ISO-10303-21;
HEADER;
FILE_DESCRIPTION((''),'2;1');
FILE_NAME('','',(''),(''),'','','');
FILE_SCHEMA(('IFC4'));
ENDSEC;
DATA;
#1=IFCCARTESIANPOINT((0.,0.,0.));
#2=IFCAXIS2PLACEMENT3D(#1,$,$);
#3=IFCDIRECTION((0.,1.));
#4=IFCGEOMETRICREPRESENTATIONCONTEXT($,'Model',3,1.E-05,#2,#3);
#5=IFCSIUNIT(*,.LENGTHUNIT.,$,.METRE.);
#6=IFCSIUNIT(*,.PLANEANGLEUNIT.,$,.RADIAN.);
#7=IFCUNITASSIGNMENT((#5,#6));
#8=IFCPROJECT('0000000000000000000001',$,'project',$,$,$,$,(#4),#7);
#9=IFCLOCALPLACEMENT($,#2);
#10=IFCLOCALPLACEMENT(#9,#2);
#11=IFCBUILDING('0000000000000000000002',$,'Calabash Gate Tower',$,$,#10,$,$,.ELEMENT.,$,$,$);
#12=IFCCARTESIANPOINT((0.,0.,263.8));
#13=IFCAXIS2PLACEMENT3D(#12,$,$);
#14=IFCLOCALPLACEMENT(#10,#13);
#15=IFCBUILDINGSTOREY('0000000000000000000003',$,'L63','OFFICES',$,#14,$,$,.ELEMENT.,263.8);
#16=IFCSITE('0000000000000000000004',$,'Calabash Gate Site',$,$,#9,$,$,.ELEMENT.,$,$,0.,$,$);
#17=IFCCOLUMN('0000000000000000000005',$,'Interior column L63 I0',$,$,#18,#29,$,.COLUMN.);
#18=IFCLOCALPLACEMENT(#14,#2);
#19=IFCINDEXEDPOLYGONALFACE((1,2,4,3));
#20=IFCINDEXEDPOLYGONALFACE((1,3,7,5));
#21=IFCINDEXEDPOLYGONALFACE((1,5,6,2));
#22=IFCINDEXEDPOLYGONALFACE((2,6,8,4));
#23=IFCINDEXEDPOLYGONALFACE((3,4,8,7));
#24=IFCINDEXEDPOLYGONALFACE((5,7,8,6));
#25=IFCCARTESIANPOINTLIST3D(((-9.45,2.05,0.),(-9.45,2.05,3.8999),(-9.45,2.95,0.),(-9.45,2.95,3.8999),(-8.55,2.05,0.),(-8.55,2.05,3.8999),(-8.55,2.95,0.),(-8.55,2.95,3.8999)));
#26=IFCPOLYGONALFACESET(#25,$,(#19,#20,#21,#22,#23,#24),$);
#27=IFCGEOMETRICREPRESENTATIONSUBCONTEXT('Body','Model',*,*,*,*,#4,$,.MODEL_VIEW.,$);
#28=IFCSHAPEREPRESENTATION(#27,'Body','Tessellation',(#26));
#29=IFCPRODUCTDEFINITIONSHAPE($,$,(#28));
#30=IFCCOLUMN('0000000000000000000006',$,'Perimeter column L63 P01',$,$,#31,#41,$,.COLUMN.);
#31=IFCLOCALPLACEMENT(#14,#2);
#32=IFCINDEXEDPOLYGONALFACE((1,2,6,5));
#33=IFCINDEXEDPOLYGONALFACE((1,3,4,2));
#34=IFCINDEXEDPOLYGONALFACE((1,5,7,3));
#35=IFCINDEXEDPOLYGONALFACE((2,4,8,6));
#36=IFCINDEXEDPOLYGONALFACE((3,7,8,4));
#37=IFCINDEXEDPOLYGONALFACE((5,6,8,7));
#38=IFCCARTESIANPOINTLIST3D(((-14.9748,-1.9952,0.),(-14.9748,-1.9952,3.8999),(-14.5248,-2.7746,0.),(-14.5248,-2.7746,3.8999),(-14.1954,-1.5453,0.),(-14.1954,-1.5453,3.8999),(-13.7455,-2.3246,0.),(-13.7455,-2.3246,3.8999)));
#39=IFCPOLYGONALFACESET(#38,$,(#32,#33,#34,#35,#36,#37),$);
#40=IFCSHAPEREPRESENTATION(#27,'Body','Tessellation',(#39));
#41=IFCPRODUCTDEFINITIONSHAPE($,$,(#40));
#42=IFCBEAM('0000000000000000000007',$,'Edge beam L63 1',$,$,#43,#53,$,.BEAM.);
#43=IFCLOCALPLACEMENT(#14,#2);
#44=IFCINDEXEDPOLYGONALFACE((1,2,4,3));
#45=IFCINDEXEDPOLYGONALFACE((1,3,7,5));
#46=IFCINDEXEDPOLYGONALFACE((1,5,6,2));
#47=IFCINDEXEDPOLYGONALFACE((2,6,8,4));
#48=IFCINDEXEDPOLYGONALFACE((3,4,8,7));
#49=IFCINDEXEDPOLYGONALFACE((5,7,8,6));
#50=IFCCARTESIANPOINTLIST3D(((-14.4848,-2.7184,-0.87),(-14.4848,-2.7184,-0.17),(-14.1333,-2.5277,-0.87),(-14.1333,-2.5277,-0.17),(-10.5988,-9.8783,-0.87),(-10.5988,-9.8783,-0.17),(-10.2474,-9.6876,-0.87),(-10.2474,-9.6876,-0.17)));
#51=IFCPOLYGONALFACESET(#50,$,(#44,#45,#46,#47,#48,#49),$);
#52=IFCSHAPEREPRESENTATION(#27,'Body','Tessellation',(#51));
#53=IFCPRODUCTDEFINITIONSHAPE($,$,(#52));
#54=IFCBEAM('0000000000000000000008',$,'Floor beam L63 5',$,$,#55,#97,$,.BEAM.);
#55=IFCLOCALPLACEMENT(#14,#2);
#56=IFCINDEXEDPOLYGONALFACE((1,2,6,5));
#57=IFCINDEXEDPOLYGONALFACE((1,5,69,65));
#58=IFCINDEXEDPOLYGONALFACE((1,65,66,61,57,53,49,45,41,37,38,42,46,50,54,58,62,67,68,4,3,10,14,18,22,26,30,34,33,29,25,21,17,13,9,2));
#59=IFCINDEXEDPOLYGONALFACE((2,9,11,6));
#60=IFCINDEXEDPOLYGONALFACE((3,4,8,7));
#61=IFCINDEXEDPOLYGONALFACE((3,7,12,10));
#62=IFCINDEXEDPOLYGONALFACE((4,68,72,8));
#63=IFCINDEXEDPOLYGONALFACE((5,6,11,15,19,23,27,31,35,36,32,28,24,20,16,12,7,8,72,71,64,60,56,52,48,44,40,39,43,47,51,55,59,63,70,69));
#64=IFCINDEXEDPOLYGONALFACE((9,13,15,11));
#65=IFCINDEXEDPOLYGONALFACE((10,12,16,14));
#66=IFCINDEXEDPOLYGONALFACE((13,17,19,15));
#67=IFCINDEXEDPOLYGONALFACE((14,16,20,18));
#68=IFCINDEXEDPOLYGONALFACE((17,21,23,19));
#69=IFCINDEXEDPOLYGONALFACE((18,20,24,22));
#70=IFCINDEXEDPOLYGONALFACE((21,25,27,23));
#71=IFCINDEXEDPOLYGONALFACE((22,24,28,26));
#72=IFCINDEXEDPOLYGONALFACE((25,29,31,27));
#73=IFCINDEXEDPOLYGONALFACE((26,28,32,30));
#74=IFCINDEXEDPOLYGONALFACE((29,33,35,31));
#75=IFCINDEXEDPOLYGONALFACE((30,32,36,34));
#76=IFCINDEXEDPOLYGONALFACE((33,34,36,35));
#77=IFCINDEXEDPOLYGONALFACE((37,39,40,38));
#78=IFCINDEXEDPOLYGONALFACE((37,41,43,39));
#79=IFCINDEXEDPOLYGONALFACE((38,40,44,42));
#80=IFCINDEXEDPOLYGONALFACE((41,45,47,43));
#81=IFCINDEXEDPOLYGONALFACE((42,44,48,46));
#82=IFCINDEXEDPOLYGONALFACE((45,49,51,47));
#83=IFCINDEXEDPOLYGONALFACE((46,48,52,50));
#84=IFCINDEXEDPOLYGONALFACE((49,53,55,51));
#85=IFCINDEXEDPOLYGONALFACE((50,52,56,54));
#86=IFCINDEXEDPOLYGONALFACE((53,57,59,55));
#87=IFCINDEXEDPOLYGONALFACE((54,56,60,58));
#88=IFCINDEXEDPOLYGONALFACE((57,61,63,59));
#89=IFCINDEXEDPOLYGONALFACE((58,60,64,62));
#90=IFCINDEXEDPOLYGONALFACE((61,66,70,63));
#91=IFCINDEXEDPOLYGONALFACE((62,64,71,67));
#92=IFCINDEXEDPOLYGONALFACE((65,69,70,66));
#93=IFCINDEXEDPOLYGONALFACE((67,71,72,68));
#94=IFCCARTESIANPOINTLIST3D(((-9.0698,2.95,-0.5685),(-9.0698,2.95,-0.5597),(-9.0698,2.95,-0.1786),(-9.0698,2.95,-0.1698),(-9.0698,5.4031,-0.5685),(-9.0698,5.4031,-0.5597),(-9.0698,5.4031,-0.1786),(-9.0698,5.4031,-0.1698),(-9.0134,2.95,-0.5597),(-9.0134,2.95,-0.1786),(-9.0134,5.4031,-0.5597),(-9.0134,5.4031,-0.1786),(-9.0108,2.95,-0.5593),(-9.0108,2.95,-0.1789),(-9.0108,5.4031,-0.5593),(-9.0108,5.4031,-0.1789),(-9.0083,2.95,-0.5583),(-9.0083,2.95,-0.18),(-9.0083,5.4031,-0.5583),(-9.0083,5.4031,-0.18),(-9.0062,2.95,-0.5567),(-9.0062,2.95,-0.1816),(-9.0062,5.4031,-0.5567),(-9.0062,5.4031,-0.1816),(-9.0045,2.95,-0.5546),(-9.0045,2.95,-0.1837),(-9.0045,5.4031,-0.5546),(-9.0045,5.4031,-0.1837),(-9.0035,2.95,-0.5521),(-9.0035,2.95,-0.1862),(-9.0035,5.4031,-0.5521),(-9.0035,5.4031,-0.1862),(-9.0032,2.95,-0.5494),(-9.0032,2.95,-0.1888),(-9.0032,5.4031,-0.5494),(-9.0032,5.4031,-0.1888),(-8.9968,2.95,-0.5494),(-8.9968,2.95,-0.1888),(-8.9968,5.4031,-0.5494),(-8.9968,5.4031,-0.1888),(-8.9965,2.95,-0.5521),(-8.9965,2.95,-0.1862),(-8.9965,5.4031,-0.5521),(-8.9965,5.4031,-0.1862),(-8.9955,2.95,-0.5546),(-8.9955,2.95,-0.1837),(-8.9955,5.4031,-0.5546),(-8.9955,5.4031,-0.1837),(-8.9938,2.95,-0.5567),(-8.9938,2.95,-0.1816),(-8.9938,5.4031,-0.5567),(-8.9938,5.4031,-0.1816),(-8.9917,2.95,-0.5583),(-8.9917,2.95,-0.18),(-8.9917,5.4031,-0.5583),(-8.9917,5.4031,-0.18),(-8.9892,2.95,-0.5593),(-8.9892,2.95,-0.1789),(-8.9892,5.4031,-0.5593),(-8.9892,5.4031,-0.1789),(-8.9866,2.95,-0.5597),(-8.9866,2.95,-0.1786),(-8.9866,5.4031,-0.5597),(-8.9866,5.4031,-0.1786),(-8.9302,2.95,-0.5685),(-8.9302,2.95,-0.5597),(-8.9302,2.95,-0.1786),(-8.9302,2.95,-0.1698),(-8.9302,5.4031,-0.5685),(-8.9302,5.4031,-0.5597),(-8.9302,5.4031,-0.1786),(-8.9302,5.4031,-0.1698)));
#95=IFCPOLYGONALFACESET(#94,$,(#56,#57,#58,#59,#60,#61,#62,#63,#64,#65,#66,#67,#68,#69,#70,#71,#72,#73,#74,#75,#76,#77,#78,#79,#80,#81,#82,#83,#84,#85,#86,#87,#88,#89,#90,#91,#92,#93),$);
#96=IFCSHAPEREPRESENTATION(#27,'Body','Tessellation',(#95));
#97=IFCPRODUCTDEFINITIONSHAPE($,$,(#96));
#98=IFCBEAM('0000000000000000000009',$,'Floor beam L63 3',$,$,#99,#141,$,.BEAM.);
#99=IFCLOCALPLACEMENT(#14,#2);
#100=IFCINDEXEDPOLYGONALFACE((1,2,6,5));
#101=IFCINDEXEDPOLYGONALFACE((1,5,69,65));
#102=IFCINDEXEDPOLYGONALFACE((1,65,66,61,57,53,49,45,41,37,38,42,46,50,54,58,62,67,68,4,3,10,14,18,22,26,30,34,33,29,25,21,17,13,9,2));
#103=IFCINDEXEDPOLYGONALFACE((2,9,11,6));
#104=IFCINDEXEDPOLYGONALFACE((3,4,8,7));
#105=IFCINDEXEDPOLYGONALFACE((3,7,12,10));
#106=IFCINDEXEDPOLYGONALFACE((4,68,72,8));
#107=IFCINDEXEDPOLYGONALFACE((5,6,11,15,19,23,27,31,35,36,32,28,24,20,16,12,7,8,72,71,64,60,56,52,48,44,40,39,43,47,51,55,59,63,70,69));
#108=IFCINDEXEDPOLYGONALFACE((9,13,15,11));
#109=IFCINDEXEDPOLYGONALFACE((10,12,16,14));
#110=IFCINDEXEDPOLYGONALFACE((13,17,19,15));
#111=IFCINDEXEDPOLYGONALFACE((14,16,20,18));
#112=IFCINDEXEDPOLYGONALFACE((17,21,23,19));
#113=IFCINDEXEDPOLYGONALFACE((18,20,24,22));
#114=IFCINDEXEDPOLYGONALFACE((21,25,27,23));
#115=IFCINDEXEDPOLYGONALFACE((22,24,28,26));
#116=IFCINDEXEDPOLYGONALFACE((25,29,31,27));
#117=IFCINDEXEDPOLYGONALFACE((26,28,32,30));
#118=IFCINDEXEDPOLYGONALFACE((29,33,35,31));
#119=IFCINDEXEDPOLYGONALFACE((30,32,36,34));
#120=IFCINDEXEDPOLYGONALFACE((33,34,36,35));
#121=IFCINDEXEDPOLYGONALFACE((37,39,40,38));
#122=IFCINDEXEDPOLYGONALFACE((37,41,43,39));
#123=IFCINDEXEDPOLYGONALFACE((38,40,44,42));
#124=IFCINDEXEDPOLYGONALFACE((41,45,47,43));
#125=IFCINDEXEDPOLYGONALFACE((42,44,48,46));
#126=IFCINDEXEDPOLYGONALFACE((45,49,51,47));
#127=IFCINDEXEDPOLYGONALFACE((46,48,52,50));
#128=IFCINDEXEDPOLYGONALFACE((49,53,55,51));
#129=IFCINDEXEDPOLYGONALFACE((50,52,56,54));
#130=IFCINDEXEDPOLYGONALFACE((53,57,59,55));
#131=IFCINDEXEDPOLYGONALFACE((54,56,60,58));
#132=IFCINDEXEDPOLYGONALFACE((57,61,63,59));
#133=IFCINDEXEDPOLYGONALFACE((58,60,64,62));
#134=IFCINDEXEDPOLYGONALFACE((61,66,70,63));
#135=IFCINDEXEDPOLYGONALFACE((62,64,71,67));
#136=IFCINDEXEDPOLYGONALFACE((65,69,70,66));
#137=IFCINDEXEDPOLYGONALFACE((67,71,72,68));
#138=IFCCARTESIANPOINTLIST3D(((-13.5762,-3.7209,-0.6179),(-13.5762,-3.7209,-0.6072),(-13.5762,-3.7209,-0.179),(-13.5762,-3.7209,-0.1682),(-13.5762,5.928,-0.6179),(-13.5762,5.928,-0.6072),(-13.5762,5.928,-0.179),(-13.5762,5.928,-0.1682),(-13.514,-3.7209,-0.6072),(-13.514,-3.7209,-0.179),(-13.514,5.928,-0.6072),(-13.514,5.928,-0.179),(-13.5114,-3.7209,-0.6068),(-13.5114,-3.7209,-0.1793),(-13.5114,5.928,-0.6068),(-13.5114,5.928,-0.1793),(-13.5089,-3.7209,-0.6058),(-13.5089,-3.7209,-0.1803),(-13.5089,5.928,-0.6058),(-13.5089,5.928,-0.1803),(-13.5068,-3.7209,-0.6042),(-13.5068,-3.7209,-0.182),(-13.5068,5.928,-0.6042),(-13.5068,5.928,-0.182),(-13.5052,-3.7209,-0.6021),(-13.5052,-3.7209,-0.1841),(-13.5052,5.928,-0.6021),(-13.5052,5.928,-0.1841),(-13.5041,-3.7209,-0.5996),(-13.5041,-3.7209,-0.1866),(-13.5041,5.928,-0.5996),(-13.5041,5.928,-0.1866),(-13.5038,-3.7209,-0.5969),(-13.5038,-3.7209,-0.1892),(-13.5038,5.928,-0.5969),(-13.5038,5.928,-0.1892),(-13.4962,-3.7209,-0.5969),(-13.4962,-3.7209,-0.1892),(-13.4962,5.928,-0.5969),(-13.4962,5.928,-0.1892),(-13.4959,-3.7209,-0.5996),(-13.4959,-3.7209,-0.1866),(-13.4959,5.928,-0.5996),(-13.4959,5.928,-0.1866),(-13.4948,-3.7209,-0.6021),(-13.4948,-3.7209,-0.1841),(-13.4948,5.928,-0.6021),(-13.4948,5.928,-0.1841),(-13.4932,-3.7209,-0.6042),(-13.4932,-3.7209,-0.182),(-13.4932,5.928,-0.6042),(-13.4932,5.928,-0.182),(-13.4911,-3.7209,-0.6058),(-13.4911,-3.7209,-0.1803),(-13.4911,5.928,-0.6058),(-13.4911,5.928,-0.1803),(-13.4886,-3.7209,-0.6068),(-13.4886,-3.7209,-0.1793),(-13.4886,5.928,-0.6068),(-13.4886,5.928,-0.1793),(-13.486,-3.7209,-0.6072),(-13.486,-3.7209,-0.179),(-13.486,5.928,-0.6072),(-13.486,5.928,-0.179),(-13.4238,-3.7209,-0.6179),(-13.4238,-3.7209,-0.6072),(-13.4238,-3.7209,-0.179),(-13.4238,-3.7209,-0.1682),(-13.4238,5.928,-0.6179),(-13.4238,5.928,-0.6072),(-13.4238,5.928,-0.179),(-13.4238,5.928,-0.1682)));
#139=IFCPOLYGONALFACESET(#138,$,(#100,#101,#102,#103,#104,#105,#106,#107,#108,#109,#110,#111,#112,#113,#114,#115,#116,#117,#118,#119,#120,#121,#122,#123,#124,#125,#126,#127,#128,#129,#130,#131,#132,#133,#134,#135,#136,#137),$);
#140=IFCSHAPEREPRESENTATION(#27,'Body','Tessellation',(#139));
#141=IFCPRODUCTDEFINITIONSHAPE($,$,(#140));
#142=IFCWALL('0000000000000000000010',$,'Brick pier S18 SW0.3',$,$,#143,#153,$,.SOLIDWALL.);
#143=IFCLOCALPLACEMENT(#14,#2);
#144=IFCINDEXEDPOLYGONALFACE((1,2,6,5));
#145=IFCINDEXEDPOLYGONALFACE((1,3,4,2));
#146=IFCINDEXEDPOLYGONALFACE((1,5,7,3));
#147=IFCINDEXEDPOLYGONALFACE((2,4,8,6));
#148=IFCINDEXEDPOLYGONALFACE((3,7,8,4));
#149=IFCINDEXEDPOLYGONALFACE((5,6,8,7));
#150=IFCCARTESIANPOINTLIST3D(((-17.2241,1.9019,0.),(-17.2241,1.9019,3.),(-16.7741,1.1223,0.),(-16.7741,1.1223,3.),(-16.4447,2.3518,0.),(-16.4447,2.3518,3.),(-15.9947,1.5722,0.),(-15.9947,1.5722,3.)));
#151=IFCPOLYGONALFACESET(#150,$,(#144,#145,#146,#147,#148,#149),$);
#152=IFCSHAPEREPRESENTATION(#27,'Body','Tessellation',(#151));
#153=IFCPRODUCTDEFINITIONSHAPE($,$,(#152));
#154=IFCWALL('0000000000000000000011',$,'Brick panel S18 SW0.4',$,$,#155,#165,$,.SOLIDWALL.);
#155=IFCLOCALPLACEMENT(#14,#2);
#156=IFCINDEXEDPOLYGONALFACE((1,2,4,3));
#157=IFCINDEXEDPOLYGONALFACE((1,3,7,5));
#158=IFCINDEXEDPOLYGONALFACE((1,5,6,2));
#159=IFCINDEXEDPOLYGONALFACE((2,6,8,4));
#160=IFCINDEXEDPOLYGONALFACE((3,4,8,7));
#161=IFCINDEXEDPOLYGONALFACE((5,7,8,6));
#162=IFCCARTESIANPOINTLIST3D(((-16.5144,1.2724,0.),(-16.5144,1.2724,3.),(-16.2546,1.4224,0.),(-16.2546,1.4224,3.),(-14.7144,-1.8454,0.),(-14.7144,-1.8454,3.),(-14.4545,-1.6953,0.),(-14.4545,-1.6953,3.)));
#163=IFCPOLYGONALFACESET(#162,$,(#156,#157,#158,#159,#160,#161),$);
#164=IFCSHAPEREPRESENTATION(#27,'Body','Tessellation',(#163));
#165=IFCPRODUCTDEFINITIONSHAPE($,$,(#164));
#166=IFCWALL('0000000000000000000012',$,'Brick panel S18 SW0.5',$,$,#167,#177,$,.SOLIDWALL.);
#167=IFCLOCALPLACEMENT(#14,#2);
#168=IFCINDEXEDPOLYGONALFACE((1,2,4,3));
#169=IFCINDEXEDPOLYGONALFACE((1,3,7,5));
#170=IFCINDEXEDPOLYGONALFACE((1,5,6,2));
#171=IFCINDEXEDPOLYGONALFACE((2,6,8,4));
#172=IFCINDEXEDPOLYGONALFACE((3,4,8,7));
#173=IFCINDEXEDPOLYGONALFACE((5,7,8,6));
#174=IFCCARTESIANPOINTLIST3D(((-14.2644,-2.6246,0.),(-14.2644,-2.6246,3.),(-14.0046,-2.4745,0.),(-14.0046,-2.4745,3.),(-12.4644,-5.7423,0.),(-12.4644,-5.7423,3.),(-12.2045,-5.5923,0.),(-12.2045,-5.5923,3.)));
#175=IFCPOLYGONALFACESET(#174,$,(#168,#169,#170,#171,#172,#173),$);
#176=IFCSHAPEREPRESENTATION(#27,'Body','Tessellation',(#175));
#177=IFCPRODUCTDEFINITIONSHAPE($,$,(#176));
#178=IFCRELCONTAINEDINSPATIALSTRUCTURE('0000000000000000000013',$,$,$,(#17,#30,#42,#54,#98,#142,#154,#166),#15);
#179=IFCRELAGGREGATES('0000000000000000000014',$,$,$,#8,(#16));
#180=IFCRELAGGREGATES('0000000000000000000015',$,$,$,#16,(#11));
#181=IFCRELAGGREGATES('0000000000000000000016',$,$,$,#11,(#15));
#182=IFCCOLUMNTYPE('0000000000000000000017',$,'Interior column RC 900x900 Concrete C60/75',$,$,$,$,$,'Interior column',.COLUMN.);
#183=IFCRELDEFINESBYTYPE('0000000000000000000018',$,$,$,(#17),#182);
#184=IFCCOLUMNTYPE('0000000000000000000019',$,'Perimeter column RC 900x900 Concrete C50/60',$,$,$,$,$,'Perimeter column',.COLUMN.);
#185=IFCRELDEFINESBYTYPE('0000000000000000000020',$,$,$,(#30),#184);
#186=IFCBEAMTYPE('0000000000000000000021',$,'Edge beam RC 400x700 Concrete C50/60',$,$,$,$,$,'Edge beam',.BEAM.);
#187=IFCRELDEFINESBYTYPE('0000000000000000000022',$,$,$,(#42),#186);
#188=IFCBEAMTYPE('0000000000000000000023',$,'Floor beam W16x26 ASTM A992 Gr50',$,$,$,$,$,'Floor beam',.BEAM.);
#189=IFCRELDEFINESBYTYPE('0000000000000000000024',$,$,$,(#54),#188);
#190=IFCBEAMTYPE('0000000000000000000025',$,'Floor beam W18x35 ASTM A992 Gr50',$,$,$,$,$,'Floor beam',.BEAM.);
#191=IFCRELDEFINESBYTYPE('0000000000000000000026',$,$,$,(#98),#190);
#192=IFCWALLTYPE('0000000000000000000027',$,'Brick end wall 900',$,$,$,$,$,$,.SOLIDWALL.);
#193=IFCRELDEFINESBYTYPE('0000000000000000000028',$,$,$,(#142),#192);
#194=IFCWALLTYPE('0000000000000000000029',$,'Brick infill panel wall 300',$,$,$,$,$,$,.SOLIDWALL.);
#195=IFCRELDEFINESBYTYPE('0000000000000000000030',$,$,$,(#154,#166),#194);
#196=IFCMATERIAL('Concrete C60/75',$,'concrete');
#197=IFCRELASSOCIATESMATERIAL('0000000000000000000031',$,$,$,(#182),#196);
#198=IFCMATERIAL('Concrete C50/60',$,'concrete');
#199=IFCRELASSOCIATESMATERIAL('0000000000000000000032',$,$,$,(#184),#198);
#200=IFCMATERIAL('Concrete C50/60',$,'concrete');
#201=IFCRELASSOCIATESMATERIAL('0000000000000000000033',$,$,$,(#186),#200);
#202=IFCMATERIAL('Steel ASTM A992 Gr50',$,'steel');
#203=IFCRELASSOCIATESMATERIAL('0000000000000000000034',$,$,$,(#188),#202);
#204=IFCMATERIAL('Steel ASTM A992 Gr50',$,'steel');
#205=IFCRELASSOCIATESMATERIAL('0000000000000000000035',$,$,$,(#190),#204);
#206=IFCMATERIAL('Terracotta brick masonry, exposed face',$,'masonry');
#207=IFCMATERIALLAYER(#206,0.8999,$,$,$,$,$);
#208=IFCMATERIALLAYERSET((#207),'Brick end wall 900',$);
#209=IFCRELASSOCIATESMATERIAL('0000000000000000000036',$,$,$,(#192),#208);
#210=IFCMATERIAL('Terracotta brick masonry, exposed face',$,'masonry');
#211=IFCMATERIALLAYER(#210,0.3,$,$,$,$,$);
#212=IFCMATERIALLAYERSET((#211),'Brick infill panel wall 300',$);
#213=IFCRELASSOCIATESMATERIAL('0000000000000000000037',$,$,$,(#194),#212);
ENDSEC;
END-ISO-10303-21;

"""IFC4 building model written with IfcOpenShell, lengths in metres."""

from ifc_helpers import new_model, si_unit, direction, frame, frame_2d, origin, origin_2d, place, context, subcontext, project, spatial, rectangle, i_section, extrude, material, layer, layer_set, material_profile, profile_set, type_object, element, save


model = new_model("IFC4")

# Units and contexts
model_context = context("Model", 3, precision=1e-05, world=origin(), true_north=direction((0.0, 1.0)))
body_context = subcontext(model_context, "Body", "Model", "MODEL_VIEW")
ifc_project = project(units=[si_unit("LENGTHUNIT", "METRE"), si_unit("PLANEANGLEUNIT", "RADIAN")], contexts=[model_context])

# Site, building, storey
site_placement = place(None, origin())
site = spatial("IfcSite", under=ifc_project, at=site_placement, Name="Calabash Gate Site", CompositionType="ELEMENT", RefElevation=0.0)
building_placement = place(site_placement, origin())
building = spatial("IfcBuilding", under=site, at=building_placement, Name="Calabash Gate Tower", CompositionType="ELEMENT")
storey_placement = place(building_placement, frame((0.0, 0.0, 263.8)))
storey = spatial("IfcBuildingStorey", under=building, at=storey_placement, Name="L63", Description="OFFICES", CompositionType="ELEMENT", Elevation=263.8)

# Columns
ifc_material_1 = material(Name="Concrete C60/75", Category="concrete")
ifc_material_profile_1 = material_profile(ifc_material_1, rectangle(XDim=0.8999, YDim=0.8999, at=origin_2d()))
ifc_profile_set_1 = profile_set([ifc_material_profile_1], Name="Concrete C60/75")
column_type_1 = type_object("IfcColumnType", Name="Interior column RC 900x900 Concrete C60/75", ElementType="Interior column", PredefinedType="COLUMN", material=ifc_profile_set_1)
column_1_placement = place(storey_placement, frame((-9.0, 2.5, 0.0), z_axis=(0.0, 0.0, 1.0), x_axis=(1.0, 0.0, 0.0)))
element("IfcColumn", 1, at=column_1_placement, inside=storey, type_object=column_type_1, Name="Interior column L63 I0", PredefinedType="COLUMN", context=body_context, shape_type="SweptSolid", body=[
    extrude(rectangle(XDim=0.8999, YDim=0.8999, at=origin_2d()), origin(), (0.0, 0.0, 1.0), 3.8999),
])
ifc_material_2 = material(Name="Concrete C50/60", Category="concrete")
ifc_material_profile_2 = material_profile(ifc_material_2, rectangle(XDim=0.8999, YDim=0.8999, at=origin_2d()))
ifc_profile_set_2 = profile_set([ifc_material_profile_2], Name="Concrete C50/60")
column_type_2 = type_object("IfcColumnType", Name="Perimeter column RC 900x900 Concrete C50/60", ElementType="Perimeter column", PredefinedType="COLUMN", material=ifc_profile_set_2)
column_2_placement = place(storey_placement, frame((-14.3601, -2.1599, 0.0), z_axis=(0.0, 0.0, 1.0), x_axis=(0.5, -0.866025, 0.0)))
element("IfcColumn", 2, at=column_2_placement, inside=storey, type_object=column_type_2, Name="Perimeter column L63 P01", PredefinedType="COLUMN", context=body_context, shape_type="SweptSolid", body=[
    extrude(rectangle(XDim=0.8999, YDim=0.8999, at=origin_2d()), origin(), (0.0, 0.0, 1.0), 3.8999),
])

# Beams
ifc_material_3 = material(Name="Concrete C50/60", Category="concrete")
ifc_material_profile_3 = material_profile(ifc_material_3, rectangle(XDim=0.3999, YDim=0.7, at=origin_2d()))
ifc_profile_set_3 = profile_set([ifc_material_profile_3], Name="Concrete C50/60")
beam_type_1 = type_object("IfcBeamType", Name="Edge beam RC 400x700 Concrete C50/60", ElementType="Edge beam", PredefinedType="BEAM", material=ifc_profile_set_3)
beam_1_placement = place(storey_placement, frame((-14.3091, -2.623, -0.52), z_axis=(0.477014, -0.878896, 0.0), x_axis=(0.878896, 0.477014, 0.0)))
element("IfcBeam", 3, at=beam_1_placement, inside=storey, type_object=beam_type_1, Name="Edge beam L63 1", PredefinedType="BEAM", context=body_context, shape_type="SweptSolid", body=[
    extrude(rectangle(XDim=0.3999, YDim=0.7, at=origin_2d()), origin(), (0.0, 0.0, 1.0), 8.1465),
])
ifc_material_4 = material(Name="Steel ASTM A992 Gr50", Category="steel")
ifc_material_profile_4 = material_profile(ifc_material_4, i_section(OverallWidth=0.1396, OverallDepth=0.3987, WebThickness=0.0063, FlangeThickness=0.0088, FilletRadius=0.0103, at=origin_2d()))
ifc_profile_set_4 = profile_set([ifc_material_profile_4], Name="Steel ASTM A992 Gr50")
beam_type_2 = type_object("IfcBeamType", Name="Floor beam W16x26 ASTM A992 Gr50", ElementType="Floor beam", PredefinedType="BEAM", material=ifc_profile_set_4)
beam_2_placement = place(storey_placement, frame((-9.0, 2.95, -0.3691), z_axis=(0.0, 1.0, 0.0), x_axis=(-1.0, 0.0, 0.0)))
element("IfcBeam", 4, at=beam_2_placement, inside=storey, type_object=beam_type_2, Name="Floor beam L63 5", PredefinedType="BEAM", context=body_context, shape_type="SweptSolid", body=[
    extrude(i_section(OverallWidth=0.1396, OverallDepth=0.3987, WebThickness=0.0063, FlangeThickness=0.0088, FilletRadius=0.0103, at=origin_2d()), origin(), (0.0, 0.0, 1.0), 2.4531),
])
ifc_material_5 = material(Name="Steel ASTM A992 Gr50", Category="steel")
ifc_material_profile_5 = material_profile(ifc_material_5, i_section(OverallWidth=0.1523, OverallDepth=0.4497, WebThickness=0.0076, FlangeThickness=0.0107, FilletRadius=0.0103, at=origin_2d()))
ifc_profile_set_5 = profile_set([ifc_material_profile_5], Name="Steel ASTM A992 Gr50")
beam_type_3 = type_object("IfcBeamType", Name="Floor beam W18x35 ASTM A992 Gr50", ElementType="Floor beam", PredefinedType="BEAM", material=ifc_profile_set_5)
beam_3_placement = place(storey_placement, frame((-13.5, -3.7209, -0.3931), z_axis=(0.0, 1.0, 0.0), x_axis=(-1.0, 0.0, 0.0)))
element("IfcBeam", 5, at=beam_3_placement, inside=storey, type_object=beam_type_3, Name="Floor beam L63 3", PredefinedType="BEAM", context=body_context, shape_type="SweptSolid", body=[
    extrude(i_section(OverallWidth=0.1523, OverallDepth=0.4497, WebThickness=0.0076, FlangeThickness=0.0107, FilletRadius=0.0103, at=origin_2d()), origin(), (0.0, 0.0, 1.0), 9.6489),
])

# Walls
ifc_material_6 = material(Name="Terracotta brick masonry, exposed face", Category="masonry")
ifc_layer_1 = layer(ifc_material_6, 0.8999)
ifc_layer_set_1 = layer_set([ifc_layer_1], Name="Brick end wall 900")
wall_type_1 = type_object("IfcWallType", Name="Brick end wall 900", PredefinedType="SOLIDWALL", material=ifc_layer_set_1)
wall_1_placement = place(storey_placement, frame((-16.8345, 2.127, 0.0), z_axis=(0.0, 0.0, 1.0), x_axis=(0.499902, -0.866082, 0.0)))
element("IfcWall", 6, at=wall_1_placement, inside=storey, type_object=wall_type_1, Name="Brick pier S18 SW0.3", PredefinedType="SOLIDWALL", context=body_context, shape_type="SweptSolid", body=[
    extrude(rectangle(XDim=0.9001, YDim=0.8999, at=frame_2d((0.4502, 0.0))), origin(), (0.0, 0.0, 1.0), 3.0),
])
ifc_material_7 = material(Name="Terracotta brick masonry, exposed face", Category="masonry")
ifc_layer_2 = layer(ifc_material_7, 0.3)
ifc_layer_set_2 = layer_set([ifc_layer_2], Name="Brick infill panel wall 300")
wall_type_2 = type_object("IfcWallType", Name="Brick infill panel wall 300", PredefinedType="SOLIDWALL", material=ifc_layer_set_2)
for number, where, z_axis, x_axis, name in (
    (7, (-16.3845, 1.3474, 0.0), (0.0, 0.0, 1.0), (0.500012, -0.866018, 0.0), "Brick panel S18 SW0.4"),
    (8, (-14.1345, -2.5496, 0.0), (0.0, 0.0, 1.0), (0.500012, -0.866018, 0.0), "Brick panel S18 SW0.5"),
):
    element("IfcWall", number, at=place(storey_placement, frame(where, z_axis=z_axis, x_axis=x_axis)), inside=storey, type_object=wall_type_2, Name=name, PredefinedType="SOLIDWALL", context=body_context, shape_type="SweptSolid", body=[
        extrude(rectangle(XDim=3.6001, YDim=0.3, at=frame_2d((1.8, 0.0))), origin(), (0.0, 0.0, 1.0), 3.0),
    ])

save(model, "model.ifc")
